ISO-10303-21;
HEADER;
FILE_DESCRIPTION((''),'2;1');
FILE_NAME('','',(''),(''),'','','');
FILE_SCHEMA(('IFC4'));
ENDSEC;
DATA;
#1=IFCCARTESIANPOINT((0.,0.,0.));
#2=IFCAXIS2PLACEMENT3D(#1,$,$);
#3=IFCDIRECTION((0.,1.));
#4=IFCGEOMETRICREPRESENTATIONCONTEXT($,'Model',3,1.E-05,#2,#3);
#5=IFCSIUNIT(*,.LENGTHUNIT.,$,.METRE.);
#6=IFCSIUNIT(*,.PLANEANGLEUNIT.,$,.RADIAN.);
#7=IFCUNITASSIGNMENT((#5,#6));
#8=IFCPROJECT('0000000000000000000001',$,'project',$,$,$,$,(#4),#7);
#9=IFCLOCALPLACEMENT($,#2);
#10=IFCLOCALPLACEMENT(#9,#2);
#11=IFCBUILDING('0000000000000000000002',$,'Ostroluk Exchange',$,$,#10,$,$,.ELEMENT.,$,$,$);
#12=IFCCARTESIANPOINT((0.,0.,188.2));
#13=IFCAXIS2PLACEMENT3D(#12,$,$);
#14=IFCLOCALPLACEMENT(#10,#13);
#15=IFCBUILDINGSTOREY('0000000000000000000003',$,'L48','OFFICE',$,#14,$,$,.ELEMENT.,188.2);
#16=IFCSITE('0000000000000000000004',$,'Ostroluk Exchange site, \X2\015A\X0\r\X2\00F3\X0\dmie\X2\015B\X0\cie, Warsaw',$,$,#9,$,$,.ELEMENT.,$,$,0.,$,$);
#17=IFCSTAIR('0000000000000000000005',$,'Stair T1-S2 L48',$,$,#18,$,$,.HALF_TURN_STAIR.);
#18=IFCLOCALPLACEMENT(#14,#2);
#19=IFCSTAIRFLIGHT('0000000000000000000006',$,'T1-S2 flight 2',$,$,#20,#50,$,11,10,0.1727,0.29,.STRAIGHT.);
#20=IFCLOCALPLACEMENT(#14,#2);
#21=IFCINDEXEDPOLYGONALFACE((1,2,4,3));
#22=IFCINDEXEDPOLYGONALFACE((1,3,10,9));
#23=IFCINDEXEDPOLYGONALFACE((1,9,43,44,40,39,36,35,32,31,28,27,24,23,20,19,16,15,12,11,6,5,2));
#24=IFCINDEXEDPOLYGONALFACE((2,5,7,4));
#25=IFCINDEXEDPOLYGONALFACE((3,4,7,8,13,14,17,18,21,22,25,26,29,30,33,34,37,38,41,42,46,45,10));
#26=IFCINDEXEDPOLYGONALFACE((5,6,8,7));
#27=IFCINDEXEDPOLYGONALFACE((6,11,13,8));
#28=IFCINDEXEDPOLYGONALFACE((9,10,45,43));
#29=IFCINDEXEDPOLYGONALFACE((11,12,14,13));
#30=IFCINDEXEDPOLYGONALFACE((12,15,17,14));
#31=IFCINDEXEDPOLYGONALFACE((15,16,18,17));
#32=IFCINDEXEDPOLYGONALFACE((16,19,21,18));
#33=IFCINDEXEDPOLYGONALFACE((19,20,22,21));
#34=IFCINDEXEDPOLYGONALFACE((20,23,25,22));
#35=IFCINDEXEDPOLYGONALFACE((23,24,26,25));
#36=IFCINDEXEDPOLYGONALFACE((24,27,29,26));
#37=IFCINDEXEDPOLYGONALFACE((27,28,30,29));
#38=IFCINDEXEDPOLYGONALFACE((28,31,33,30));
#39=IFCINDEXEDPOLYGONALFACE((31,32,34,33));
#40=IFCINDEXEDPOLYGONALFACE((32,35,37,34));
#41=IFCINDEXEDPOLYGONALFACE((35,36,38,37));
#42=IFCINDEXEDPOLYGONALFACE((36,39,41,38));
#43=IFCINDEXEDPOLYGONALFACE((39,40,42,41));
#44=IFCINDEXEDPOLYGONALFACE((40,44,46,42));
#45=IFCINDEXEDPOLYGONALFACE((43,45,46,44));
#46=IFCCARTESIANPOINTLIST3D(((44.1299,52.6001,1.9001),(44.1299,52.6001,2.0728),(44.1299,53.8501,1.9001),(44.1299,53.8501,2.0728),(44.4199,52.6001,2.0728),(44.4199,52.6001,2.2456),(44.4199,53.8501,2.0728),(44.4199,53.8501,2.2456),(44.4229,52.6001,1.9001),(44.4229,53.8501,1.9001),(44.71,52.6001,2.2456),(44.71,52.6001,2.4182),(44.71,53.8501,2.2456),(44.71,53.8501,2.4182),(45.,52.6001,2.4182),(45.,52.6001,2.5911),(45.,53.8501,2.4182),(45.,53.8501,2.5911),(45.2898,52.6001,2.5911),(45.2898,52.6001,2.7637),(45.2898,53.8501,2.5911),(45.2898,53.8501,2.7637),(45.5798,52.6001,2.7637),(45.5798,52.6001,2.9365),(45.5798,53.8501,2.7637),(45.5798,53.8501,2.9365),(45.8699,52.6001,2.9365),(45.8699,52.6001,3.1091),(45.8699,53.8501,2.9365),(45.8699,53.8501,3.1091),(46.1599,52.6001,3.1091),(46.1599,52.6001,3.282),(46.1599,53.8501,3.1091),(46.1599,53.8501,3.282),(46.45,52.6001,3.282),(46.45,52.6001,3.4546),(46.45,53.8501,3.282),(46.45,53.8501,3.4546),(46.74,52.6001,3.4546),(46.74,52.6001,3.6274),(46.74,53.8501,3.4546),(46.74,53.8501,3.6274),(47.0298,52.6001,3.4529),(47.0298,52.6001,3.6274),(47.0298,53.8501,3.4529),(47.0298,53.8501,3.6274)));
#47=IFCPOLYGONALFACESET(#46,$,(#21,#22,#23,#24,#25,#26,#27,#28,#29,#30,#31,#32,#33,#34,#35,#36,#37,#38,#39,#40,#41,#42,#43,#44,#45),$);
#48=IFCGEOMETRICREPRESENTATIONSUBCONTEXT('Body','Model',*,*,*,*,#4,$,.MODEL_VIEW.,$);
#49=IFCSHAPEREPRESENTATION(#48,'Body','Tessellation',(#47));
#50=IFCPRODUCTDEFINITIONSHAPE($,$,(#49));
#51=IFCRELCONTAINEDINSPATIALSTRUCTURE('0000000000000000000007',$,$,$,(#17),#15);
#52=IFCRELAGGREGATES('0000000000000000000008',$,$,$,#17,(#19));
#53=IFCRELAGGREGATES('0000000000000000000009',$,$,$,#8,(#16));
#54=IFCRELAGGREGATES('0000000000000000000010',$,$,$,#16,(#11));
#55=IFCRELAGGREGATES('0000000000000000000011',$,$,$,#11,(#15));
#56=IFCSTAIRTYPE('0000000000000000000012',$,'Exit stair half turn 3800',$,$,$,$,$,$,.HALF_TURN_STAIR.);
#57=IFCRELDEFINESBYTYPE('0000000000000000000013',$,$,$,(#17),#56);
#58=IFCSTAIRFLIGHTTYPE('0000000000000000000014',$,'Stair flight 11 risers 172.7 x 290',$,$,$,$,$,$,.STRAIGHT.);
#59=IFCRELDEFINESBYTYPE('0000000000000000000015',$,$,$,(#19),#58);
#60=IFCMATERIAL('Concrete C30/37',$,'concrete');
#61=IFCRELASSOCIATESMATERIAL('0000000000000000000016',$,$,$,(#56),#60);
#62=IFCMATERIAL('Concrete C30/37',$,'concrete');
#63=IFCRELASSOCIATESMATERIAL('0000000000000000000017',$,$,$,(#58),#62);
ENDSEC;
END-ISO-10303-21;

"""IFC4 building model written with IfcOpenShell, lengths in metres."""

from ifc_helpers import new_model, si_unit, direction, frame, origin, place, context, subcontext, project, spatial, polyline, outline, extrude, material, type_object, element, aggregate, save


model = new_model("IFC4")

# Units and contexts
model_context = context("Model", 3, precision=1e-05, world=origin(), true_north=direction((0.0, 1.0)))
body_context = subcontext(model_context, "Body", "Model", "MODEL_VIEW")
ifc_project = project(units=[si_unit("LENGTHUNIT", "METRE"), si_unit("PLANEANGLEUNIT", "RADIAN")], contexts=[model_context])

# Site, building, storey
site_placement = place(None, origin())
site = spatial("IfcSite", under=ifc_project, at=site_placement, Name="Ostroluk Exchange site, Śródmieście, Warsaw", CompositionType="ELEMENT", RefElevation=0.0)
building_placement = place(site_placement, origin())
building = spatial("IfcBuilding", under=site, at=building_placement, Name="Ostroluk Exchange", CompositionType="ELEMENT")
storey_placement = place(building_placement, frame((0.0, 0.0, 188.2)))
storey = spatial("IfcBuildingStorey", under=building, at=storey_placement, Name="L48", Description="OFFICE", CompositionType="ELEMENT", Elevation=188.2)

# Stair, stair flight
ifc_material_1 = material(Name="Concrete C30/37", Category="concrete")
stair_type = type_object("IfcStairType", Name="Exit stair half turn 3800", PredefinedType="HALF_TURN_STAIR", material=ifc_material_1)
stair_placement = place(storey_placement, origin())
stair = element("IfcStair", 1, at=stair_placement, inside=storey, type_object=stair_type, Name="Stair T1-S2 L48", PredefinedType="HALF_TURN_STAIR")
ifc_material_2 = material(Name="Concrete C30/37", Category="concrete")
stair_flight_type = type_object("IfcStairFlightType", Name="Stair flight 11 risers 172.7 x 290", PredefinedType="STRAIGHT", material=ifc_material_2)
stair_flight_placement = place(storey_placement, frame((44.1299, 53.2251, 1.9001), z_axis=(0.0, 0.0, 1.0), x_axis=(1.0, 0.0, 0.0)))
stair_flight = element("IfcStairFlight", 2, at=stair_flight_placement, type_object=stair_flight_type, Name="T1-S2 flight 2", NumberOfRisers=11, NumberOfTreads=10, PredefinedType="STRAIGHT", RiserHeight=0.1727, TreadLength=0.29, context=body_context, shape_type="SweptSolid", body=[
    extrude(outline(polyline([(0.0, 0.0), (0.0, 0.1726), (0.29, 0.1726), (0.29, 0.3455), (0.5801, 0.3455), (0.5801, 0.5181), (0.8701, 0.5181), (0.8701, 0.6909), (1.1599, 0.6909), (1.1599, 0.8635), (1.45, 0.8635), (1.45, 1.0364), (1.74, 1.0364), (1.74, 1.209), (2.03, 1.209), (2.03, 1.3818), (2.3201, 1.3818), (2.3201, 1.5544), (2.6101, 1.5544), (2.6101, 1.7273), (2.8999, 1.7273), (2.8999, 1.8999), (2.8999, 1.5527), (0.293, 0.0), (0.0, 0.0)])), frame((0.0, 0.625, 0.0), z_axis=(0.0, -1.0, 0.0), x_axis=(1.0, 0.0, 0.0)), (0.0, 0.0, 1.0), 1.25),
])
aggregate(stair, [stair_flight])

save(model, "model.ifc")
